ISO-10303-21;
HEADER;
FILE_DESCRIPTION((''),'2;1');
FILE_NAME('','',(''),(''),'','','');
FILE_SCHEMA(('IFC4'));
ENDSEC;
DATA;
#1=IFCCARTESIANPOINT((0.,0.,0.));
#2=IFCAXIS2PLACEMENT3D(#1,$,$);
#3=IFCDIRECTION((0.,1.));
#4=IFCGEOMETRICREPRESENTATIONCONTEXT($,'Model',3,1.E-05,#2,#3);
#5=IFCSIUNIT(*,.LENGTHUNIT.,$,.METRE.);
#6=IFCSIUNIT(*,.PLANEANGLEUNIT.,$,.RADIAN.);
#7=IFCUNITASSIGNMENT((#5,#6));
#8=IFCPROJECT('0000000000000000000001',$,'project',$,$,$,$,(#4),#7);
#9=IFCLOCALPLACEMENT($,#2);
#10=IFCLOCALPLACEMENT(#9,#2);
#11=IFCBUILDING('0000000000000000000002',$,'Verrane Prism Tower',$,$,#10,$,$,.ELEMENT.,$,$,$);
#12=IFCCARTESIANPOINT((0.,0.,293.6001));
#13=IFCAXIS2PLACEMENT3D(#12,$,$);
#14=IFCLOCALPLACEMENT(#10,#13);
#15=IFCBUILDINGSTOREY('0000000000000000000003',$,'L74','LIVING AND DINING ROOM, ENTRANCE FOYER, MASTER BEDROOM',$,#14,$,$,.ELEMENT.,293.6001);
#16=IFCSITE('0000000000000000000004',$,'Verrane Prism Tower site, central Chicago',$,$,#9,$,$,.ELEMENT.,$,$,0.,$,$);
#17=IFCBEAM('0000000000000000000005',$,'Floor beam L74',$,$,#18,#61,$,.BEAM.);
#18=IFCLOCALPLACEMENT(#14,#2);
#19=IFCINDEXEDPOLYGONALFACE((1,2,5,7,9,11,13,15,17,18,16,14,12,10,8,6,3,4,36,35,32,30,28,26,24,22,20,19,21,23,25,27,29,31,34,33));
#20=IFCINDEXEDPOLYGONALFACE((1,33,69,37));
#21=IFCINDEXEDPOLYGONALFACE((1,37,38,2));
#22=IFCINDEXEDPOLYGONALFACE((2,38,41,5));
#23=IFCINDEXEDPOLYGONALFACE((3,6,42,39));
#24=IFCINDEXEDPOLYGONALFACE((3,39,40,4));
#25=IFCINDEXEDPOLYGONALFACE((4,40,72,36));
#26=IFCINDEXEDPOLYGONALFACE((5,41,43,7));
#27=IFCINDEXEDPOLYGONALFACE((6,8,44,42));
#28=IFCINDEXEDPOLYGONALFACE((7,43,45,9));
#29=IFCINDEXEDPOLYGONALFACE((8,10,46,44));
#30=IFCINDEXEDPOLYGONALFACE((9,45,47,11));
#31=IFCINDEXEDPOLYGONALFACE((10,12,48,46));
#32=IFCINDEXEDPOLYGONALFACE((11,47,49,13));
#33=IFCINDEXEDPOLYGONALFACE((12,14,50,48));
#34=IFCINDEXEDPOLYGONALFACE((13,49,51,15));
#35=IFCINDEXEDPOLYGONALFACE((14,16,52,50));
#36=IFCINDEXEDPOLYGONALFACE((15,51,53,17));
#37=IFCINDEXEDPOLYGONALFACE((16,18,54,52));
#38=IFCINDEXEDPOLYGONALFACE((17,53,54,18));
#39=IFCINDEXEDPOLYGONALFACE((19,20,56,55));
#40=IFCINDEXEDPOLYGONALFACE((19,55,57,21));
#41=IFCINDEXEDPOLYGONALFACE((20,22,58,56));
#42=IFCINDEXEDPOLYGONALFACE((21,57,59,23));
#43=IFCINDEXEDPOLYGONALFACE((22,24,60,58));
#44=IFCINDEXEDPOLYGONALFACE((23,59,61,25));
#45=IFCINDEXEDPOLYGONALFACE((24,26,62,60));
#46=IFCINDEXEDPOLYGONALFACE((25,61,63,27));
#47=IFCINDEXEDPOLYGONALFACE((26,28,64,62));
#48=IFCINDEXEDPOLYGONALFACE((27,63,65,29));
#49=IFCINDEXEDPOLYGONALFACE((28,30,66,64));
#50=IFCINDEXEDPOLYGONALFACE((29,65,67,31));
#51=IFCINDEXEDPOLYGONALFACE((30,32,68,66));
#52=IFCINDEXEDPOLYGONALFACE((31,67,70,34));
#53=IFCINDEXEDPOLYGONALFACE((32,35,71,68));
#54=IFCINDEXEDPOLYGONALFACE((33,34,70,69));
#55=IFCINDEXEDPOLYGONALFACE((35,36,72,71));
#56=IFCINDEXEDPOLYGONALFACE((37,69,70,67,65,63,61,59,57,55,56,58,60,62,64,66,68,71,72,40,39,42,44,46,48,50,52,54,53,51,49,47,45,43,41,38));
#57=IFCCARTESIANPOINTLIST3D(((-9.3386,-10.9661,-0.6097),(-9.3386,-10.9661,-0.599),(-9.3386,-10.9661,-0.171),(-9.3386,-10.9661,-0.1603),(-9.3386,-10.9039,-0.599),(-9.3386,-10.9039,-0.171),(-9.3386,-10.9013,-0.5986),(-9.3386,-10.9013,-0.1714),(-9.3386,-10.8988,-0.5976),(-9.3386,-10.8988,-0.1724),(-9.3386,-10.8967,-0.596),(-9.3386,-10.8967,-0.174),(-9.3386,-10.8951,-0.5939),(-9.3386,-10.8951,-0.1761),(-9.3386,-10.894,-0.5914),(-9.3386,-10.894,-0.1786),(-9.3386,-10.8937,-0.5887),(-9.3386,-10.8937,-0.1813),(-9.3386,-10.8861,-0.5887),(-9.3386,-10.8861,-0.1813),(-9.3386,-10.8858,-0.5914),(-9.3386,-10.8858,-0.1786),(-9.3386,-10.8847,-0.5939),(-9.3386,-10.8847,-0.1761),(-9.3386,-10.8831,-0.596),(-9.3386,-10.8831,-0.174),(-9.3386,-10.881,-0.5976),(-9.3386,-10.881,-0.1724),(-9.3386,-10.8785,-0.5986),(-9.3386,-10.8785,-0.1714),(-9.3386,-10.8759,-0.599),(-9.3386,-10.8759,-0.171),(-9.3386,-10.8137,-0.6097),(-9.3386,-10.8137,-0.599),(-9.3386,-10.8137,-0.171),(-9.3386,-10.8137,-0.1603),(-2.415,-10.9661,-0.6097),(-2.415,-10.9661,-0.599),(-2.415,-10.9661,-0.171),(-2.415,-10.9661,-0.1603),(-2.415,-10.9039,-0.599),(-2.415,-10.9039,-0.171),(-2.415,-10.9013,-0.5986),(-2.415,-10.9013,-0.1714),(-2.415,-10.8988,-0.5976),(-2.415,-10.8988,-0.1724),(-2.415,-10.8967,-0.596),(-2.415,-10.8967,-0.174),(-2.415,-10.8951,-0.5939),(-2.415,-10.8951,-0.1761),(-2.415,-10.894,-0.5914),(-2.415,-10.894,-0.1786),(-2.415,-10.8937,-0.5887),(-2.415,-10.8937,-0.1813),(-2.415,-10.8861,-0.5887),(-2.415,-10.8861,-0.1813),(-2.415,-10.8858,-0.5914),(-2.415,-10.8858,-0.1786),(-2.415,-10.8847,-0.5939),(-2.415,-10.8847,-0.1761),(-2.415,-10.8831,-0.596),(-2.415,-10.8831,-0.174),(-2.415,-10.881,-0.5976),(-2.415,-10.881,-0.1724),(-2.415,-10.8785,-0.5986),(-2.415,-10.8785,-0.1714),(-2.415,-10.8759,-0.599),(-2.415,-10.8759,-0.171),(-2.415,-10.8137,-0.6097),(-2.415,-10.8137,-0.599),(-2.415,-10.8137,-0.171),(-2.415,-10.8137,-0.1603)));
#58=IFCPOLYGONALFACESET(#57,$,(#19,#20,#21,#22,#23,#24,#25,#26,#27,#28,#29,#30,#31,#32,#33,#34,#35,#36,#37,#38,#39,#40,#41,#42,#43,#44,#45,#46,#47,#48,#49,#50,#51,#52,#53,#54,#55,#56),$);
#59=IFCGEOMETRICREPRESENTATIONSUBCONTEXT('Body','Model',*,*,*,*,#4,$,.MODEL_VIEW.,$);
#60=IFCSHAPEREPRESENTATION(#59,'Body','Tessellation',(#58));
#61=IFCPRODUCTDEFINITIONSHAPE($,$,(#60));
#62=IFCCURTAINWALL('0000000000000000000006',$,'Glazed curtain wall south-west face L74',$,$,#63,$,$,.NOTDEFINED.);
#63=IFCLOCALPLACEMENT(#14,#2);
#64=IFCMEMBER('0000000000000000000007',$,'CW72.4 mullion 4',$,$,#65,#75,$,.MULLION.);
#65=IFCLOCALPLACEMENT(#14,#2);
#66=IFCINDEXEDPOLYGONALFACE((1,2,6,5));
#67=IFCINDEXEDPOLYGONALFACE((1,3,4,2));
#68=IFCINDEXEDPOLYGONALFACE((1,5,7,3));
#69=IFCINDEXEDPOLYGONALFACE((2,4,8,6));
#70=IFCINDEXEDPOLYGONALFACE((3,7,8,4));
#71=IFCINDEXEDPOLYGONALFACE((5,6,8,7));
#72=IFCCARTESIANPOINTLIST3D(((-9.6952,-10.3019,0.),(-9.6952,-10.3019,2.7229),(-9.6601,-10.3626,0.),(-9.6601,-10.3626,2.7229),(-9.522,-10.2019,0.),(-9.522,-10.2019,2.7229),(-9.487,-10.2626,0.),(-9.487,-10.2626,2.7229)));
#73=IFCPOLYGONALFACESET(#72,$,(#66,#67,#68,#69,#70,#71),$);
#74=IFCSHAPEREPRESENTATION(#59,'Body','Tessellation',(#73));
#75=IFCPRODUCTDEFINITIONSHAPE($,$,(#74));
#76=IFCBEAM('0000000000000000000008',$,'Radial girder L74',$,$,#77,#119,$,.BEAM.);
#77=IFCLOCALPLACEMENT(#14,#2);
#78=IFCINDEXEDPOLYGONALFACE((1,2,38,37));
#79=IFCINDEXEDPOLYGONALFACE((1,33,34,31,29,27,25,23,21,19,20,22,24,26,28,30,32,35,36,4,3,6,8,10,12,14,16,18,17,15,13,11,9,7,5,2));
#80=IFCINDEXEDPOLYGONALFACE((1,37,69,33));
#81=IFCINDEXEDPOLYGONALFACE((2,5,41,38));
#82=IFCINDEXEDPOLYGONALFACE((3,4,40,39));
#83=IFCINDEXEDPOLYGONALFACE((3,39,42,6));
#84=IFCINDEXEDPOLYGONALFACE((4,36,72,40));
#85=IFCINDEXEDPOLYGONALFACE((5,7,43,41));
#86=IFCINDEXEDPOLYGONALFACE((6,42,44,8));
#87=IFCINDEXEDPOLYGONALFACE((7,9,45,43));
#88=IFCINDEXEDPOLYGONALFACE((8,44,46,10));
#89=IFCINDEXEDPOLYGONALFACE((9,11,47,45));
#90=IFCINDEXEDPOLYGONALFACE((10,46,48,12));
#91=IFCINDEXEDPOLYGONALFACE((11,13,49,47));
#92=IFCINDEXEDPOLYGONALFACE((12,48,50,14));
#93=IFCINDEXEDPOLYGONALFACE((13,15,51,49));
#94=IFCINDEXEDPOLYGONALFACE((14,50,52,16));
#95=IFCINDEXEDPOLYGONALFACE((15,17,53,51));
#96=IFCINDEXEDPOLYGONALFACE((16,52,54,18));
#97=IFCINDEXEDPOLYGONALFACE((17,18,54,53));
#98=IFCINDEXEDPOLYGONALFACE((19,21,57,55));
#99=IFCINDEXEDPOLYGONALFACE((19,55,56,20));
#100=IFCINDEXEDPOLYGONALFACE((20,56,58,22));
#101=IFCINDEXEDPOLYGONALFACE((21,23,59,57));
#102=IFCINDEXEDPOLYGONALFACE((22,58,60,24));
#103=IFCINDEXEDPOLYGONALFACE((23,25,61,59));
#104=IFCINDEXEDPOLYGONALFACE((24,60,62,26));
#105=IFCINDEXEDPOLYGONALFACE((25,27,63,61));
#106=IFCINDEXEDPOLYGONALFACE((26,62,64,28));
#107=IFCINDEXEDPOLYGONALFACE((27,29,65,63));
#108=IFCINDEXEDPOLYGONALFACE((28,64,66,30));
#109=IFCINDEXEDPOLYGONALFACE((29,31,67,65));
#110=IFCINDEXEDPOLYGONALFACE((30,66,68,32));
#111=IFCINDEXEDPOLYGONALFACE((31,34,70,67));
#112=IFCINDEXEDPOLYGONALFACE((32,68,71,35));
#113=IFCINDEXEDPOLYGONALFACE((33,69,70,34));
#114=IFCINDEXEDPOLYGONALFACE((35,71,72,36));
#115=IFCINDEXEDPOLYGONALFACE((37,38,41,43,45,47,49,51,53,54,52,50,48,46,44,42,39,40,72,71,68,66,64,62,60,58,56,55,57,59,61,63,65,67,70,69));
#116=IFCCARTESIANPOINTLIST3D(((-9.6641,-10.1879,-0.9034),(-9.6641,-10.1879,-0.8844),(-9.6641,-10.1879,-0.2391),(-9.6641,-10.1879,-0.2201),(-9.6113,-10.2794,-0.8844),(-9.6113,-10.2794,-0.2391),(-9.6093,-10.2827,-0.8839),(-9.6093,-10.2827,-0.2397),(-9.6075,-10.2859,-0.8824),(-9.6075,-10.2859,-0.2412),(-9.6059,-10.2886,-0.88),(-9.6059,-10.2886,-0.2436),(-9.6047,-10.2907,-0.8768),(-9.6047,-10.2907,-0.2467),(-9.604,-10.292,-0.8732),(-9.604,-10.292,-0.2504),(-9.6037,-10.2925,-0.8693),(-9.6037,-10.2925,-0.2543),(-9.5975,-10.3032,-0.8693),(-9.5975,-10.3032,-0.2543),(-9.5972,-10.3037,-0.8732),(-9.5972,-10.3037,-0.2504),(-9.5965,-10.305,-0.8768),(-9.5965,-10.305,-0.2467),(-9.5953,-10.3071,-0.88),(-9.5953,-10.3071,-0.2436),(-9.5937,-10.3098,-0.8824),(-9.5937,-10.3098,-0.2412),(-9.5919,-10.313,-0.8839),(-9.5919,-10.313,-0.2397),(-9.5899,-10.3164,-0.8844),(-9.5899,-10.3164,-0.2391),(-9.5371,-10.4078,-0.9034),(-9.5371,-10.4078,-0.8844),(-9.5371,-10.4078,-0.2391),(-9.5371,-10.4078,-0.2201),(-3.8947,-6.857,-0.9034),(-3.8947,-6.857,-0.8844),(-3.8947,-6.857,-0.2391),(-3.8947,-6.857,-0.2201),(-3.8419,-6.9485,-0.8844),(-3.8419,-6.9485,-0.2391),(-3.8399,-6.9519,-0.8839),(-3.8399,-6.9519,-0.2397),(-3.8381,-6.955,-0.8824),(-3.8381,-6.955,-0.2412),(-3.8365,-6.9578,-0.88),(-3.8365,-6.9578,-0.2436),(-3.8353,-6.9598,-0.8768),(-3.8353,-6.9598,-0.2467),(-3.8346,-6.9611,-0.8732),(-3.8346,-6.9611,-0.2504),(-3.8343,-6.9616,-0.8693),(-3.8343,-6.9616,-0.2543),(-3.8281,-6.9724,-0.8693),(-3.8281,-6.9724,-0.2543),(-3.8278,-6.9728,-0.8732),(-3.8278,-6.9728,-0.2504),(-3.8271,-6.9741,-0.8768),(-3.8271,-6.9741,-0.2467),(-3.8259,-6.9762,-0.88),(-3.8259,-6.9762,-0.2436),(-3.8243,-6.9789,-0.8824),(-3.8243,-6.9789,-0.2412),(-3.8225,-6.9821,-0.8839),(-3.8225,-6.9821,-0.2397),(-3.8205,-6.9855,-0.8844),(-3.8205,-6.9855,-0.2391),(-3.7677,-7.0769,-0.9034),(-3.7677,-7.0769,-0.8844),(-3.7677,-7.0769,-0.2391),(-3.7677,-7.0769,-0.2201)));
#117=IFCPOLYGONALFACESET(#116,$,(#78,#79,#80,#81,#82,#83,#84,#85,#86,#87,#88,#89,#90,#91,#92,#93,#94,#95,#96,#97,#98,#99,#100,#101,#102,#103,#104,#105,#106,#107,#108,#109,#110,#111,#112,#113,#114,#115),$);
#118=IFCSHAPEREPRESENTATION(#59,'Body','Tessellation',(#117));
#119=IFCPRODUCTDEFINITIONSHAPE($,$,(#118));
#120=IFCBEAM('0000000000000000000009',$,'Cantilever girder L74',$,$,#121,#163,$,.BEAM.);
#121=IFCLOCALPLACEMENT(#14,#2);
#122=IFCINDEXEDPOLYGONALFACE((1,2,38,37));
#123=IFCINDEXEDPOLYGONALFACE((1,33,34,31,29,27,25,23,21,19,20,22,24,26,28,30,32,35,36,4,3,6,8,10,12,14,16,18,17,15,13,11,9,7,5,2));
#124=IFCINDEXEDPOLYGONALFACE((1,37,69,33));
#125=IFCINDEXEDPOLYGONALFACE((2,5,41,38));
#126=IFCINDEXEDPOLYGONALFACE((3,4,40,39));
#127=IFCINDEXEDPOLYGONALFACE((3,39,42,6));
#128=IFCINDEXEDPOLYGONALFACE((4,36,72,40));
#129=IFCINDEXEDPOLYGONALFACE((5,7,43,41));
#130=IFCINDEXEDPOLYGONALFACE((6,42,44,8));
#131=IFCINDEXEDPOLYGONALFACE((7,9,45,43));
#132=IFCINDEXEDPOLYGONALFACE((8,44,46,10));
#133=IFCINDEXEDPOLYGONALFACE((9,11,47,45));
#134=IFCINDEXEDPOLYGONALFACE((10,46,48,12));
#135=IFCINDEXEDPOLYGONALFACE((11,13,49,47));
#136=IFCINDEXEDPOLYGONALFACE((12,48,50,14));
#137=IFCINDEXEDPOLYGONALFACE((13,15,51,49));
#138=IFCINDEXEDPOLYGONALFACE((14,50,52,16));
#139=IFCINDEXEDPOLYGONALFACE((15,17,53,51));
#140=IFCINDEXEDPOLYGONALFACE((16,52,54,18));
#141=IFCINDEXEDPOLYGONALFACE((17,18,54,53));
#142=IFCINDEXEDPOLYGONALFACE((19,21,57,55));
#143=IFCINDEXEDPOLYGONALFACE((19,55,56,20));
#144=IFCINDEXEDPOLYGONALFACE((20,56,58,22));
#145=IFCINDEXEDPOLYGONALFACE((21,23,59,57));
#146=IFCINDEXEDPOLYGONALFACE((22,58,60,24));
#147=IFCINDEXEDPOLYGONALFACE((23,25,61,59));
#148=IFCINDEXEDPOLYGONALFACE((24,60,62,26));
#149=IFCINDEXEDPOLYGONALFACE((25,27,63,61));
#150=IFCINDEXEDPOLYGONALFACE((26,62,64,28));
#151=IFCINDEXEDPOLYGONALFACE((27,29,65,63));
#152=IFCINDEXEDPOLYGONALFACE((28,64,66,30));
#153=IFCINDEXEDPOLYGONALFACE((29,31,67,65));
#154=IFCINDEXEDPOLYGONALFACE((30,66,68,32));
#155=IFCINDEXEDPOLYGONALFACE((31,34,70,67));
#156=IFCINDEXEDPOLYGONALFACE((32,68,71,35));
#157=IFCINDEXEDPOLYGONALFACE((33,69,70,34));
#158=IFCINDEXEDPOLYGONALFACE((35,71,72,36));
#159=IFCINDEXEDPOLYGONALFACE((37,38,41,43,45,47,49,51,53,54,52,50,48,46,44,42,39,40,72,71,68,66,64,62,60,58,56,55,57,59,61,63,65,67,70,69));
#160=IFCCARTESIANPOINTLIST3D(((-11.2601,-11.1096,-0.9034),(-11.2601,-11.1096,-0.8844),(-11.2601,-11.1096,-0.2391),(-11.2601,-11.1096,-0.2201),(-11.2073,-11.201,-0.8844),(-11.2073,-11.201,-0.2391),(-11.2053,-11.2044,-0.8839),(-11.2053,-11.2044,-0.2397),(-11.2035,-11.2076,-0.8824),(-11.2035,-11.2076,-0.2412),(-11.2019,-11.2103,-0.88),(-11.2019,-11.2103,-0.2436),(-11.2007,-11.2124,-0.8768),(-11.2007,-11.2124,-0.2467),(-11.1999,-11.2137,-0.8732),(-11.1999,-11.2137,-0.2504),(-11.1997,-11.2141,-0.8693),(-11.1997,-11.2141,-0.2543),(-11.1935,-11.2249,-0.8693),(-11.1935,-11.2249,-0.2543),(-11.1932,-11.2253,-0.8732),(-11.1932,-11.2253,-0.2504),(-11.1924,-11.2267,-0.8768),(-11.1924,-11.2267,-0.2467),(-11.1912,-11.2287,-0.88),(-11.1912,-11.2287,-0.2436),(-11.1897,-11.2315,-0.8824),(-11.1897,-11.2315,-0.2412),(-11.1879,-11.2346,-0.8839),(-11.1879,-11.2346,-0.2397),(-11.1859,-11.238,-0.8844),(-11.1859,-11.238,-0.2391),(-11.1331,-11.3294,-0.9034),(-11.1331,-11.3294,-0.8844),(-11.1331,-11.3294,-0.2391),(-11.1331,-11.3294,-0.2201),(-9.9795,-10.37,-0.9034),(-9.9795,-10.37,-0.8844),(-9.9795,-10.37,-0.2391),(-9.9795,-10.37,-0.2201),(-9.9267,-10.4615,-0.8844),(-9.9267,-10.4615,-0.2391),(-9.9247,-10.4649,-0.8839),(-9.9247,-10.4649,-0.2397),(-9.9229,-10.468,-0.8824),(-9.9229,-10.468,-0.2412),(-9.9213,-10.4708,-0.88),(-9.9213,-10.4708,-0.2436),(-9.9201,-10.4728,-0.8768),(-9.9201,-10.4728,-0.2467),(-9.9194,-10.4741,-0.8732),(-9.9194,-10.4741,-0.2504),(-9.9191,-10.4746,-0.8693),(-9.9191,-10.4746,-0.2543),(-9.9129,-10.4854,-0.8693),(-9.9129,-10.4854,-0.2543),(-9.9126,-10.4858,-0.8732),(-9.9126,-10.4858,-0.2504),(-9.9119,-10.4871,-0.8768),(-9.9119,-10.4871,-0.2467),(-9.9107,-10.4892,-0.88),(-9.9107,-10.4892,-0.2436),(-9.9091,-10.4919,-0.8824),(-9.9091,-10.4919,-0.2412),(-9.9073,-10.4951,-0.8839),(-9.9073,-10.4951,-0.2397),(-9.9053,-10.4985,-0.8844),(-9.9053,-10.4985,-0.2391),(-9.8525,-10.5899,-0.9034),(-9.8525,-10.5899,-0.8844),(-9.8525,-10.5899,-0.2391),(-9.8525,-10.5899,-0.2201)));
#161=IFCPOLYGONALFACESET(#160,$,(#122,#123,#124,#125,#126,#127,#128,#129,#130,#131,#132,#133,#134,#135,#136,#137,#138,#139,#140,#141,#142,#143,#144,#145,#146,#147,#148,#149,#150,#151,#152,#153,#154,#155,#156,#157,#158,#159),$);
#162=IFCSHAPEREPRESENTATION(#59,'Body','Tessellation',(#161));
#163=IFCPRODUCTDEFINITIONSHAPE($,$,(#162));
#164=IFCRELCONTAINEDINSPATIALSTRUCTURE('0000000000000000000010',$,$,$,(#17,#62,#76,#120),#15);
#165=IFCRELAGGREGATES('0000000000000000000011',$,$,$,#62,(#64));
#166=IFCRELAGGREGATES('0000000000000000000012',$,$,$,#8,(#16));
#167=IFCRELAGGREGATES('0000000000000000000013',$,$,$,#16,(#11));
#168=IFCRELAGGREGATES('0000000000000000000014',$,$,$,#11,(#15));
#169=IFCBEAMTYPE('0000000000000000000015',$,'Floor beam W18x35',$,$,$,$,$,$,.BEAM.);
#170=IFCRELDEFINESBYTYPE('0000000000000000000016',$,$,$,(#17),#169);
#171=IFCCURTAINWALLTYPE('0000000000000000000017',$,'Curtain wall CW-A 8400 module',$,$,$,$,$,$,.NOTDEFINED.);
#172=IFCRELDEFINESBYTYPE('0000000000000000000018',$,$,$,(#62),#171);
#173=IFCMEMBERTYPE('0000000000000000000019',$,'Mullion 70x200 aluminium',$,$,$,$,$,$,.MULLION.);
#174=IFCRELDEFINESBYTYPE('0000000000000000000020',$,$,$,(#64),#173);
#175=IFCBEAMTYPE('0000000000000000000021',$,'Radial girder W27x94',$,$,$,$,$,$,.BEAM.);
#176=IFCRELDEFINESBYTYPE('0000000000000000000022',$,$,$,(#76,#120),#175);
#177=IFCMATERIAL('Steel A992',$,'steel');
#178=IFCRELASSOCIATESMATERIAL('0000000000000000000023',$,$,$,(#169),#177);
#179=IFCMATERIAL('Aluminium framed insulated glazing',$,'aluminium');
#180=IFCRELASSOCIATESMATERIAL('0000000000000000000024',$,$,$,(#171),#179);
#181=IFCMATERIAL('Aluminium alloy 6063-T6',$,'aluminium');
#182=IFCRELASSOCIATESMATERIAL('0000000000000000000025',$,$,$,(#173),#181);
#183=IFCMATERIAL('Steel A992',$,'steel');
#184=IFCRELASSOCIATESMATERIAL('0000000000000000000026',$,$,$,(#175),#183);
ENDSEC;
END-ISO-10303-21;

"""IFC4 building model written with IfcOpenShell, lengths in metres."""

from ifc_helpers import new_model, si_unit, direction, frame, origin, origin_2d, place, context, subcontext, project, spatial, rectangle, i_section, extrude, material, material_profile, profile_set, type_object, element, aggregate, save


model = new_model("IFC4")

# Units and contexts
model_context = context("Model", 3, precision=1e-05, world=origin(), true_north=direction((0.0, 1.0)))
body_context = subcontext(model_context, "Body", "Model", "MODEL_VIEW")
ifc_project = project(units=[si_unit("LENGTHUNIT", "METRE"), si_unit("PLANEANGLEUNIT", "RADIAN")], contexts=[model_context])

# Site, building, storey
site_placement = place(None, origin())
site = spatial("IfcSite", under=ifc_project, at=site_placement, Name="Verrane Prism Tower site, central Chicago", CompositionType="ELEMENT", RefElevation=0.0)
building_placement = place(site_placement, origin())
building = spatial("IfcBuilding", under=site, at=building_placement, Name="Verrane Prism Tower", CompositionType="ELEMENT")
storey_placement = place(building_placement, frame((0.0, 0.0, 293.6001)))
storey = spatial("IfcBuildingStorey", under=building, at=storey_placement, Name="L74", Description="LIVING AND DINING ROOM, ENTRANCE FOYER, MASTER BEDROOM", CompositionType="ELEMENT", Elevation=293.6001)

# Beam
ifc_material_1 = material(Name="Steel A992", Category="steel")
ifc_material_profile_1 = material_profile(ifc_material_1, i_section(OverallWidth=0.1523, OverallDepth=0.4495, WebThickness=0.0076, FlangeThickness=0.0107, FilletRadius=0.0103, at=origin_2d()), Name="W18x35")
ifc_profile_set_1 = profile_set([ifc_material_profile_1], Name="Steel A992")
beam_type_1 = type_object("IfcBeamType", Name="Floor beam W18x35", PredefinedType="BEAM", material=ifc_profile_set_1)
beam_1_placement = place(storey_placement, frame((-9.3386, -10.8899, -0.385), z_axis=(1.0, 0.0, 0.0), x_axis=(0.0, 1.0, 0.0)))
element("IfcBeam", 1, at=beam_1_placement, inside=storey, type_object=beam_type_1, Name="Floor beam L74", PredefinedType="BEAM", context=body_context, shape_type="SweptSolid", body=[
    extrude(i_section(OverallWidth=0.1523, OverallDepth=0.4495, WebThickness=0.0076, FlangeThickness=0.0107, FilletRadius=0.0103, at=origin_2d()), origin(), (0.0, 0.0, 1.0), 6.9236),
])

# Curtain wall, member
ifc_material_2 = material(Name="Aluminium framed insulated glazing", Category="aluminium")
curtain_wall_type = type_object("IfcCurtainWallType", Name="Curtain wall CW-A 8400 module", PredefinedType="NOTDEFINED", material=ifc_material_2)
curtain_wall_placement = place(storey_placement, origin())
curtain_wall = element("IfcCurtainWall", 2, at=curtain_wall_placement, inside=storey, type_object=curtain_wall_type, Name="Glazed curtain wall south-west face L74", PredefinedType="NOTDEFINED")
ifc_material_3 = material(Name="Aluminium alloy 6063-T6", Category="aluminium")
ifc_material_profile_2 = material_profile(ifc_material_3, rectangle(XDim=0.2, YDim=0.0701, at=origin_2d()), Name="Mullion 70x200 aluminium")
ifc_profile_set_2 = profile_set([ifc_material_profile_2], Name="Aluminium alloy 6063-T6")
member_type_1 = type_object("IfcMemberType", Name="Mullion 70x200 aluminium", PredefinedType="MULLION", material=ifc_profile_set_2)
member_1_placement = place(storey_placement, frame((-9.5911, -10.2822, 0.0), z_axis=(0.0, 0.0, 1.0), x_axis=(0.866025, 0.500001, 0.0)))
member_1 = element("IfcMember", 3, at=member_1_placement, type_object=member_type_1, Name="CW72.4 mullion 4", PredefinedType="MULLION", context=body_context, shape_type="SweptSolid", body=[
    extrude(rectangle(XDim=0.2, YDim=0.0701, at=origin_2d()), origin(), (0.0, 0.0, 1.0), 2.7229),
])

# Beams
ifc_material_4 = material(Name="Steel A992", Category="steel")
ifc_material_profile_3 = material_profile(ifc_material_4, i_section(OverallWidth=0.2539, OverallDepth=0.6833, WebThickness=0.0125, FlangeThickness=0.019, FilletRadius=0.0151, at=origin_2d()), Name="W27x94")
ifc_profile_set_3 = profile_set([ifc_material_profile_3], Name="Steel A992")
beam_type_2 = type_object("IfcBeamType", Name="Radial girder W27x94", PredefinedType="BEAM", material=ifc_profile_set_3)
beam_2_placement = place(storey_placement, frame((-9.6006, -10.2979, -0.5618), z_axis=(0.866031, 0.49999, 0.0), x_axis=(-0.49999, 0.866031, 0.0)))
element("IfcBeam", 4, at=beam_2_placement, inside=storey, type_object=beam_type_2, Name="Radial girder L74", PredefinedType="BEAM", context=body_context, shape_type="SweptSolid", body=[
    extrude(i_section(OverallWidth=0.2539, OverallDepth=0.6833, WebThickness=0.0125, FlangeThickness=0.019, FilletRadius=0.0151, at=origin_2d()), origin(), (0.0, 0.0, 1.0), 6.6619),
])
beam_3_placement = place(storey_placement, frame((-9.916, -10.48, -0.5618), z_axis=(-0.865968, -0.500099, 0.0), x_axis=(0.500099, -0.865968, 0.0)))
element("IfcBeam", 5, at=beam_3_placement, inside=storey, type_object=beam_type_2, Name="Cantilever girder L74", PredefinedType="BEAM", context=body_context, shape_type="SweptSolid", body=[
    extrude(i_section(OverallWidth=0.2539, OverallDepth=0.6833, WebThickness=0.0125, FlangeThickness=0.019, FilletRadius=0.0151, at=origin_2d()), origin(), (0.0, 0.0, 1.0), 1.4788),
])

aggregate(curtain_wall, [member_1])

save(model, "model.ifc")
